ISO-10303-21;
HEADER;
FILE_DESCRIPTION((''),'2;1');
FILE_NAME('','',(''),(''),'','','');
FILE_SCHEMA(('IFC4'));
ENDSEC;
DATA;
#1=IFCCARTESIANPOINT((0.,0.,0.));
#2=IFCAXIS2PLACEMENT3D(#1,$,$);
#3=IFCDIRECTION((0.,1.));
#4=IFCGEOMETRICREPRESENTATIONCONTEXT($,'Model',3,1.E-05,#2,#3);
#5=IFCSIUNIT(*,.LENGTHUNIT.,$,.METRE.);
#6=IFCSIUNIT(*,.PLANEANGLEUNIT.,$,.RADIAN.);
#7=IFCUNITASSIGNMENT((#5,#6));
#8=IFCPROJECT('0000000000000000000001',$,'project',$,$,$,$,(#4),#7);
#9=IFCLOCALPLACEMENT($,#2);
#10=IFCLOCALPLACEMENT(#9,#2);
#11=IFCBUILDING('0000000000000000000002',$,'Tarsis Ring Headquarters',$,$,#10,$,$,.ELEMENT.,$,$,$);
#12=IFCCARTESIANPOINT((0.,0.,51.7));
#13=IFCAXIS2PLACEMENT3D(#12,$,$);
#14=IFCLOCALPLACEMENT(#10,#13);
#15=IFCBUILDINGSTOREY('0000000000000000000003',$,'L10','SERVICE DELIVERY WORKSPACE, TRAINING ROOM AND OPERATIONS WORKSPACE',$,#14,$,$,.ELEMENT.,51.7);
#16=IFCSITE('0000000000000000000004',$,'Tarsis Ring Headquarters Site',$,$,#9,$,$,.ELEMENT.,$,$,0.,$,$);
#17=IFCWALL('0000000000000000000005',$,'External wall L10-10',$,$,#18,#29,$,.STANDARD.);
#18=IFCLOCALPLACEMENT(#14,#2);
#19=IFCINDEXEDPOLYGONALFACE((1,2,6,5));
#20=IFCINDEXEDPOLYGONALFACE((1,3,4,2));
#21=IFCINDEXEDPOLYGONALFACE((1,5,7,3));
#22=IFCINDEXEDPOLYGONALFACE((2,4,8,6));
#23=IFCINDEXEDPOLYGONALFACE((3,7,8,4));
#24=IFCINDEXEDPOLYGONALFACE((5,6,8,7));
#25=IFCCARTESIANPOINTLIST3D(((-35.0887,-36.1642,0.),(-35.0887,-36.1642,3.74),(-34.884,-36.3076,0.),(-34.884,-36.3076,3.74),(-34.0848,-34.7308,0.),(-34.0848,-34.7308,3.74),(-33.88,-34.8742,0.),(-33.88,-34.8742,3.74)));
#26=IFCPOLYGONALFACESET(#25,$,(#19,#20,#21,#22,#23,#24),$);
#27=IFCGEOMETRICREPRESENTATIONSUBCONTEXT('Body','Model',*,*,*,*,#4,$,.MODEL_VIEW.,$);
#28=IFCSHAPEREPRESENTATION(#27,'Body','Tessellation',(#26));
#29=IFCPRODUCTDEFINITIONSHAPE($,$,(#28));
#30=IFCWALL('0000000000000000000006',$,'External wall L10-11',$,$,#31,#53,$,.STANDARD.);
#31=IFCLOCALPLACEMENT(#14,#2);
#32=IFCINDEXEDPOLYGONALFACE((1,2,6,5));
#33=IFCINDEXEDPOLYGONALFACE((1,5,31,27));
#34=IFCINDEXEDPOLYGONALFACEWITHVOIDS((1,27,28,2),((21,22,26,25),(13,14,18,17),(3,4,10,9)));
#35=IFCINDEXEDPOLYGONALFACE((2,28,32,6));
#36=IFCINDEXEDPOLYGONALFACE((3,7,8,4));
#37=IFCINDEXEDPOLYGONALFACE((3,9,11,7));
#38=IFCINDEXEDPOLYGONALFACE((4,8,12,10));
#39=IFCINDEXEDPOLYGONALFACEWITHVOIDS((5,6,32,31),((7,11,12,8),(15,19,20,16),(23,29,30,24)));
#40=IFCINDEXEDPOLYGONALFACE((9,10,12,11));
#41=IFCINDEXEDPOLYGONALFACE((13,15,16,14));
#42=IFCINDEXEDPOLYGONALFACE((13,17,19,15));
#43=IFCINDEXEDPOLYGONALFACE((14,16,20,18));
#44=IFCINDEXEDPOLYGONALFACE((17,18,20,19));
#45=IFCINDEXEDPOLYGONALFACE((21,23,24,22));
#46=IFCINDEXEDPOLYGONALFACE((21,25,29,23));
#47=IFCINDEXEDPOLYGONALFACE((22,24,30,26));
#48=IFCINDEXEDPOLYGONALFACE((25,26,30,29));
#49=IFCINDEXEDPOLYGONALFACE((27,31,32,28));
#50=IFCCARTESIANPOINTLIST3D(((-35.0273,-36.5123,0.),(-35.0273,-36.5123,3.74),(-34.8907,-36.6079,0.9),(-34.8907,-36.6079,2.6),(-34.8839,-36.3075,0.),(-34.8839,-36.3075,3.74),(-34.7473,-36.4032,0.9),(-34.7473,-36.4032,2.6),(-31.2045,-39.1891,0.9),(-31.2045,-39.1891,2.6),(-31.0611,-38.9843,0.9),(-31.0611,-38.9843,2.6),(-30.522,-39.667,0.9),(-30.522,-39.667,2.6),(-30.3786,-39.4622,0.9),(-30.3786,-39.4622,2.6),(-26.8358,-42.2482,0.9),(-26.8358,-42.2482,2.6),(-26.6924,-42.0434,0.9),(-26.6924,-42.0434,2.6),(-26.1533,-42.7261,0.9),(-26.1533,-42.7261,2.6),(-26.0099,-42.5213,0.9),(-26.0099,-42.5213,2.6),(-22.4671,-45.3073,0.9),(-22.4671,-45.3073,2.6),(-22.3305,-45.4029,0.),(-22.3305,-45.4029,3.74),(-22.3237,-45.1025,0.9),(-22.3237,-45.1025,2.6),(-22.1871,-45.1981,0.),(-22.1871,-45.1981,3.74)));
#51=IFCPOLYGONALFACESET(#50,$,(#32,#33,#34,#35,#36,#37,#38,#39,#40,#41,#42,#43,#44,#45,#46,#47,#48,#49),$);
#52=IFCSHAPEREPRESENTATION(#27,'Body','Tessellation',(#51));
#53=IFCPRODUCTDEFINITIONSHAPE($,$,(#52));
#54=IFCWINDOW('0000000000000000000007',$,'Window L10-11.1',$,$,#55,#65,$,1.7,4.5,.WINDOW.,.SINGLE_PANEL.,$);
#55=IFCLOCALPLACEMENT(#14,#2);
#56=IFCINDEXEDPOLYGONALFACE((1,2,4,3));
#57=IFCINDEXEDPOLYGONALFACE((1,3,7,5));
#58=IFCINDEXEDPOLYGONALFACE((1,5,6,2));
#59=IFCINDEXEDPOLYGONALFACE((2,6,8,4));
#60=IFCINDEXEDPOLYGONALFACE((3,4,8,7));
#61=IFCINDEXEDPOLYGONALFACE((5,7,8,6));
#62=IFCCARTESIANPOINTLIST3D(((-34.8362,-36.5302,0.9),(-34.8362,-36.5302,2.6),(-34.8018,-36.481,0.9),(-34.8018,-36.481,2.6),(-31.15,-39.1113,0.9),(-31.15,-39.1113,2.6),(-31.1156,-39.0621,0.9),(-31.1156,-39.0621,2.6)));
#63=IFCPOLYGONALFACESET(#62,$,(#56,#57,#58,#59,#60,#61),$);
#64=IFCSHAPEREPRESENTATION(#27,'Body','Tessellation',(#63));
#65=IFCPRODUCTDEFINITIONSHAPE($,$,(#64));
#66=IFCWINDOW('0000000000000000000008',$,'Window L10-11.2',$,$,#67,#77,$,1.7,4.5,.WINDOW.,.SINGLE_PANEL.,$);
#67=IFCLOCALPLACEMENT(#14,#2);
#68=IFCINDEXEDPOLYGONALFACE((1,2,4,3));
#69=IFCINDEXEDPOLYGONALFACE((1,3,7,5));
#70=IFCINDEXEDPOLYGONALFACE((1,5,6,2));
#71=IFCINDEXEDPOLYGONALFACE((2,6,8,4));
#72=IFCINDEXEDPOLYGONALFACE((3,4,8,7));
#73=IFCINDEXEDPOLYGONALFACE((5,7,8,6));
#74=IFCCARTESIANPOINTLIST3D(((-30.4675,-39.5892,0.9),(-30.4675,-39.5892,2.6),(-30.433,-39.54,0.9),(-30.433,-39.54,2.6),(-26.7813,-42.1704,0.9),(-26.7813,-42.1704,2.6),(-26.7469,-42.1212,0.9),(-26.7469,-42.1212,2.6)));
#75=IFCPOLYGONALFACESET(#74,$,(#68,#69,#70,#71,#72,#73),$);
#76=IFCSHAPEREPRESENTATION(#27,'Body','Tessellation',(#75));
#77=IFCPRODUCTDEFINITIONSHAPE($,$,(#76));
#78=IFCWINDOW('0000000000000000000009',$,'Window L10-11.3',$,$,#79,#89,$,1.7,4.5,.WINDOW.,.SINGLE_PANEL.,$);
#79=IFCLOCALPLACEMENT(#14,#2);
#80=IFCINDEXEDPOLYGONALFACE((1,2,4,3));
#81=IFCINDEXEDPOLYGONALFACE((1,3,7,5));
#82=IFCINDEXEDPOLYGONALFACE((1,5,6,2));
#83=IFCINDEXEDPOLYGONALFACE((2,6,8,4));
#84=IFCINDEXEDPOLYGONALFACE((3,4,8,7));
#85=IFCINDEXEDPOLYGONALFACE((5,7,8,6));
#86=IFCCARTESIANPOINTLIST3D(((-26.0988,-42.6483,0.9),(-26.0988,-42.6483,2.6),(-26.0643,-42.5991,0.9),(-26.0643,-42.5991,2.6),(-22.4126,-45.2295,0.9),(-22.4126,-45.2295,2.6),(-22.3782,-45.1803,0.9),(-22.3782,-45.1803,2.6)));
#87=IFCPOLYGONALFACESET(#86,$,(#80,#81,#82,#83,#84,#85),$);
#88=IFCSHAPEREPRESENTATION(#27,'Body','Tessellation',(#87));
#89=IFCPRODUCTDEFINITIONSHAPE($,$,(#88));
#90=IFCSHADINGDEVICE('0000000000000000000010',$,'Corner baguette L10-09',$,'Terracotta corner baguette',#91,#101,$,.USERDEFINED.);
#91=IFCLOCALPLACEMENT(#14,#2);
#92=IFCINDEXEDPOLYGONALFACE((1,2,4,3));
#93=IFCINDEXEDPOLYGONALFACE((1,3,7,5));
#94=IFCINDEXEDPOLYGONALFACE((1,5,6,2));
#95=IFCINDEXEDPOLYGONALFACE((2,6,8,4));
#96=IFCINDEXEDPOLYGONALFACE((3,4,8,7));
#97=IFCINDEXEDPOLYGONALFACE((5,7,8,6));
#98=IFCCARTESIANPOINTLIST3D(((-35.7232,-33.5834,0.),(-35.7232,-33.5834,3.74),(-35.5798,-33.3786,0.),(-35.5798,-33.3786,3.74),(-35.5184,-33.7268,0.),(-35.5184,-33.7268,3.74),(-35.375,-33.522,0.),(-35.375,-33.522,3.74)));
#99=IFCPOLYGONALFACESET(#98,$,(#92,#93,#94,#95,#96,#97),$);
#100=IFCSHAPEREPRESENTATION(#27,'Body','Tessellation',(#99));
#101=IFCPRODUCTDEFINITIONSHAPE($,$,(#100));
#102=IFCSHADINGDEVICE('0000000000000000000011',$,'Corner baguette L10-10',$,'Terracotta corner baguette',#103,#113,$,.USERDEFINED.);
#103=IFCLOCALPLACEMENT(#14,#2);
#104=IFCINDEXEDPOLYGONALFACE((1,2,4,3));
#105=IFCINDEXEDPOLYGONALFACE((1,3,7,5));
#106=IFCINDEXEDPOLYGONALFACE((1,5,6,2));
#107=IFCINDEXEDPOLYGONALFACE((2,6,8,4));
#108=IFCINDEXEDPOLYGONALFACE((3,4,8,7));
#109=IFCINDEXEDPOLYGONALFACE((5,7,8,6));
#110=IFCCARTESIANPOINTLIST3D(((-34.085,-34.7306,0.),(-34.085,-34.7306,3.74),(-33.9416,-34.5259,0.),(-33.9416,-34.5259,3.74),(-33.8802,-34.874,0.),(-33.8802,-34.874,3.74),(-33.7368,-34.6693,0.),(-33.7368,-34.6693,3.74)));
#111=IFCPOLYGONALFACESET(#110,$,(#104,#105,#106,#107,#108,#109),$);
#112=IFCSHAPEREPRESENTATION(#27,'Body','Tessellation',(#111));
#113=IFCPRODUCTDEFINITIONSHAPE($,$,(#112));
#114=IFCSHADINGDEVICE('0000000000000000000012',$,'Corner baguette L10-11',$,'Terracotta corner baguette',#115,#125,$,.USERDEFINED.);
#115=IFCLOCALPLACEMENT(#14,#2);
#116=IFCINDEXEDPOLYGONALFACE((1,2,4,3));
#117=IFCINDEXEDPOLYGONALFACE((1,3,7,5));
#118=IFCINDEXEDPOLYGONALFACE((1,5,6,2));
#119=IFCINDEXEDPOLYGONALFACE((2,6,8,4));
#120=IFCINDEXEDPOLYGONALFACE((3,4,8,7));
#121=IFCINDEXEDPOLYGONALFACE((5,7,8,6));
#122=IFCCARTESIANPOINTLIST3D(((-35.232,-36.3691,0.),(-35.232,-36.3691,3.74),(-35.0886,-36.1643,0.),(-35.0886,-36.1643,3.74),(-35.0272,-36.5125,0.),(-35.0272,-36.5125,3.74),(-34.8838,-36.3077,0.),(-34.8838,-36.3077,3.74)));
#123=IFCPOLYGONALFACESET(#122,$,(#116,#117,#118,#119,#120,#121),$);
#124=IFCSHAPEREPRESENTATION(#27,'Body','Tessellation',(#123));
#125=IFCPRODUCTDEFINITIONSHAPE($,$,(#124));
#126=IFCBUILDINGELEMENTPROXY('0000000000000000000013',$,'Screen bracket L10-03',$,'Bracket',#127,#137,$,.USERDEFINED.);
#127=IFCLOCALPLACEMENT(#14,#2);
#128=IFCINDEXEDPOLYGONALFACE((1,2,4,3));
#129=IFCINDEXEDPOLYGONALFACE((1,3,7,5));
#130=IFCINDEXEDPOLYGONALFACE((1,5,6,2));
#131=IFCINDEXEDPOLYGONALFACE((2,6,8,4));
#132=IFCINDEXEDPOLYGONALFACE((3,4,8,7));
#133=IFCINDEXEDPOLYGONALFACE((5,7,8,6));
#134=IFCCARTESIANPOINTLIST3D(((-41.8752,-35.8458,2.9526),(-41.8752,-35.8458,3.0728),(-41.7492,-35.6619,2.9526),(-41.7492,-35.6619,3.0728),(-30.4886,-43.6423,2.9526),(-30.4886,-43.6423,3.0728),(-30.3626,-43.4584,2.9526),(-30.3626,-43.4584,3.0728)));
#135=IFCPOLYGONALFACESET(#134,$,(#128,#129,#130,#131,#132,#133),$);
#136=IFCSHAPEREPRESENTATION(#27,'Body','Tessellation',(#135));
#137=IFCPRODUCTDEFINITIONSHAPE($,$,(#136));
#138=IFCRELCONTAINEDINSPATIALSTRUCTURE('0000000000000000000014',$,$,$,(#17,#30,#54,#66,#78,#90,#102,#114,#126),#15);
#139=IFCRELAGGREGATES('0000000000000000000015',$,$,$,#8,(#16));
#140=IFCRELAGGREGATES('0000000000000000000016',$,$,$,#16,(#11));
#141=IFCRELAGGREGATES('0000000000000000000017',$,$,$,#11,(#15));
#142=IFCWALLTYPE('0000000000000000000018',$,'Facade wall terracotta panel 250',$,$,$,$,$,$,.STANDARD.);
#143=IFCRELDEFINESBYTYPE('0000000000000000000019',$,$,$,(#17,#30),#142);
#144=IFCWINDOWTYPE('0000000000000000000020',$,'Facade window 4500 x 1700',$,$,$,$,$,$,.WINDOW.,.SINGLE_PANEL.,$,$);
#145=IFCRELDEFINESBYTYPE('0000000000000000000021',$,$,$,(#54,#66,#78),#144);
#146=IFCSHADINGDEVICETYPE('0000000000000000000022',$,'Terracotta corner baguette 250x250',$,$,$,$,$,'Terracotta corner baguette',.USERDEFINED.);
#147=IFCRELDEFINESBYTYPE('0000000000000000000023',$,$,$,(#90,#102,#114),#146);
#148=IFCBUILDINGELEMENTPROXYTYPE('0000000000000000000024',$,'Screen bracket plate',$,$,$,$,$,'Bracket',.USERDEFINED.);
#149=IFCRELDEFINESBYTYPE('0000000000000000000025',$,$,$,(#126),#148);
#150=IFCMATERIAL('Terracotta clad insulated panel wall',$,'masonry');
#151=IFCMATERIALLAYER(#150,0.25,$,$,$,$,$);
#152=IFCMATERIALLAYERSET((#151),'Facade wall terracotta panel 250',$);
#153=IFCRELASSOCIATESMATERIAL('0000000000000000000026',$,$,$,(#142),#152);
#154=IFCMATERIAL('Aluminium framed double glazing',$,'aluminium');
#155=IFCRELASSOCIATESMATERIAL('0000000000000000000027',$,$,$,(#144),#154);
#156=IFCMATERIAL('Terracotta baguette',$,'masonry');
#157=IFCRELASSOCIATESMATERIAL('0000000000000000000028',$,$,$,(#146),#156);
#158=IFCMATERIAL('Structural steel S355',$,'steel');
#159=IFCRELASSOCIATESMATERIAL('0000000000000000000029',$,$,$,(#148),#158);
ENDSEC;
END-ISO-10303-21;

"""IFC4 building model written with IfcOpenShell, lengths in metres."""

from ifc_helpers import new_model, si_unit, direction, frame, frame_2d, origin, origin_2d, place, context, subcontext, project, spatial, rectangle, extrude, material, layer, layer_set, type_object, element, fill, save


model = new_model("IFC4")

# Units and contexts
model_context = context("Model", 3, precision=1e-05, world=origin(), true_north=direction((0.0, 1.0)))
body_context = subcontext(model_context, "Body", "Model", "MODEL_VIEW")
ifc_project = project(units=[si_unit("LENGTHUNIT", "METRE"), si_unit("PLANEANGLEUNIT", "RADIAN")], contexts=[model_context])

# Site, building, storey
site_placement = place(None, origin())
site = spatial("IfcSite", under=ifc_project, at=site_placement, Name="Tarsis Ring Headquarters Site", CompositionType="ELEMENT", RefElevation=0.0)
building_placement = place(site_placement, origin())
building = spatial("IfcBuilding", under=site, at=building_placement, Name="Tarsis Ring Headquarters", CompositionType="ELEMENT")
storey_placement = place(building_placement, frame((0.0, 0.0, 51.7)))
storey = spatial("IfcBuildingStorey", under=building, at=storey_placement, Name="L10", Description="SERVICE DELIVERY WORKSPACE, TRAINING ROOM AND OPERATIONS WORKSPACE", CompositionType="ELEMENT", Elevation=51.7)

# Shared definitions
ifc_material_1 = material(Name="Structural steel S355", Category="steel")

# Wall
ifc_material_2 = material(Name="Terracotta clad insulated panel wall", Category="masonry")
ifc_layer_1 = layer(ifc_material_2, 0.25)
ifc_layer_set_1 = layer_set([ifc_layer_1], Name="Facade wall terracotta panel 250")
wall_type_1 = type_object("IfcWallType", Name="Facade wall terracotta panel 250", PredefinedType="STANDARD", material=ifc_layer_set_1)
for number, where, z_axis, x_axis, name in (
    (1, (-33.9824, -34.8025, 0.0), (0.0, 0.0, 1.0), (-0.573678, -0.819081, 0.0), "External wall L10-10"),
):
    element("IfcWall", number, at=place(storey_placement, frame(where, z_axis=z_axis, x_axis=x_axis)), inside=storey, type_object=wall_type_1, Name=name, PredefinedType="STANDARD", context=body_context, shape_type="SweptSolid", body=[
        extrude(rectangle(XDim=1.75, YDim=0.25, at=frame_2d((0.875, 0.0))), origin(), (0.0, 0.0, 1.0), 3.74),
    ])

# Wall, openings, windows
wall_1_placement = place(storey_placement, frame((-34.9556, -36.4099, 0.0), z_axis=(0.0, 0.0, 1.0), x_axis=(0.819145, -0.573587, 0.0)))
wall_1 = element("IfcWall", 2, at=wall_1_placement, inside=storey, type_object=wall_type_1, Name="External wall L10-11", PredefinedType="STANDARD", context=body_context, shape_type="SweptSolid", body=[
    extrude(rectangle(XDim=15.5, YDim=0.25, at=frame_2d((7.75, 0.0))), origin(), (0.0, 0.0, 1.0), 3.74),
])
opening_1_placement = place(wall_1_placement, frame((0.1667, 0.0, 0.8999)))
opening_1 = element("IfcOpeningElement", 3, at=opening_1_placement, cuts=wall_1, PredefinedType="OPENING", context=body_context, shape_type="SweptSolid", body=[
    extrude(rectangle(XDim=4.5, YDim=1.7, at=frame_2d((2.25, 0.8501))), frame((0.0, 0.135, 0.0), z_axis=(0.0, -1.0, 0.0), x_axis=(1.0, 0.0, 0.0)), (0.0, 0.0, 1.0), 0.27),
])
opening_2_placement = place(wall_1_placement, frame((5.5, 0.0, 0.8999)))
opening_2 = element("IfcOpeningElement", 4, at=opening_2_placement, cuts=wall_1, PredefinedType="OPENING", context=body_context, shape_type="SweptSolid", body=[
    extrude(rectangle(XDim=4.5, YDim=1.7, at=frame_2d((2.25, 0.8501))), frame((0.0, 0.135, 0.0), z_axis=(0.0, -1.0, 0.0), x_axis=(1.0, 0.0, 0.0)), (0.0, 0.0, 1.0), 0.27),
])
opening_3_placement = place(wall_1_placement, frame((10.8333, 0.0, 0.8999)))
opening_3 = element("IfcOpeningElement", 5, at=opening_3_placement, cuts=wall_1, PredefinedType="OPENING", context=body_context, shape_type="SweptSolid", body=[
    extrude(rectangle(XDim=4.5, YDim=1.7, at=frame_2d((2.25, 0.8501))), frame((0.0, 0.135, 0.0), z_axis=(0.0, -1.0, 0.0), x_axis=(1.0, 0.0, 0.0)), (0.0, 0.0, 1.0), 0.27),
])
ifc_material_3 = material(Name="Aluminium framed double glazing", Category="aluminium")
window_type = type_object("IfcWindowType", Name="Facade window 4500 x 1700", PartitioningType="SINGLE_PANEL", PredefinedType="WINDOW", material=ifc_material_3)
window_1_placement = place(opening_1_placement, origin())
window_1 = element("IfcWindow", 6, at=window_1_placement, inside=storey, type_object=window_type, Name="Window L10-11.1", OverallHeight=1.7, OverallWidth=4.5, PartitioningType="SINGLE_PANEL", PredefinedType="WINDOW", context=body_context, shape_type="SweptSolid", body=[
    extrude(rectangle(XDim=4.5, YDim=1.7, at=frame_2d((2.25, 0.8501))), frame((0.0, 0.03, 0.0), z_axis=(0.0, -1.0, 0.0), x_axis=(1.0, 0.0, 0.0)), (0.0, 0.0, 1.0), 0.0601),
])
fill(opening_1, window_1)
window_2_placement = place(opening_2_placement, origin())
window_2 = element("IfcWindow", 7, at=window_2_placement, inside=storey, type_object=window_type, Name="Window L10-11.2", OverallHeight=1.7, OverallWidth=4.5, PartitioningType="SINGLE_PANEL", PredefinedType="WINDOW", context=body_context, shape_type="SweptSolid", body=[
    extrude(rectangle(XDim=4.5, YDim=1.7, at=frame_2d((2.25, 0.8501))), frame((0.0, 0.03, 0.0), z_axis=(0.0, -1.0, 0.0), x_axis=(1.0, 0.0, 0.0)), (0.0, 0.0, 1.0), 0.0601),
])
fill(opening_2, window_2)
window_3_placement = place(opening_3_placement, origin())
window_3 = element("IfcWindow", 8, at=window_3_placement, inside=storey, type_object=window_type, Name="Window L10-11.3", OverallHeight=1.7, OverallWidth=4.5, PartitioningType="SINGLE_PANEL", PredefinedType="WINDOW", context=body_context, shape_type="SweptSolid", body=[
    extrude(rectangle(XDim=4.5, YDim=1.7, at=frame_2d((2.25, 0.8501))), frame((0.0, 0.03, 0.0), z_axis=(0.0, -1.0, 0.0), x_axis=(1.0, 0.0, 0.0)), (0.0, 0.0, 1.0), 0.0601),
])
fill(opening_3, window_3)

# Shading devices
ifc_material_4 = material(Name="Terracotta baguette", Category="masonry")
shading_device_type_1 = type_object("IfcShadingDeviceType", Name="Terracotta corner baguette 250x250", ElementType="Terracotta corner baguette", PredefinedType="USERDEFINED", material=ifc_material_4)
for number, where, z_axis, x_axis, name in (
    (9, (-35.5491, -33.5527, 0.0), (0.0, 0.0, 1.0), (-0.573577, -0.819152, 0.0), "Corner baguette L10-09"),
    (10, (-33.9109, -34.7, 0.0), (0.0, 0.0, 1.0), (0.819152, -0.573576, 0.0), "Corner baguette L10-10"),
    (11, (-35.0579, -36.3384, 0.0), (0.0, 0.0, 1.0), (-0.573576, -0.819152, 0.0), "Corner baguette L10-11"),
):
    element("IfcShadingDevice", number, at=place(storey_placement, frame(where, z_axis=z_axis, x_axis=x_axis)), inside=storey, type_object=shading_device_type_1, Name=name, ObjectType="Terracotta corner baguette", PredefinedType="USERDEFINED", context=body_context, shape_type="SweptSolid", body=[
        extrude(rectangle(XDim=0.25, YDim=0.25, at=origin_2d()), origin(), (0.0, 0.0, 1.0), 3.74),
    ])

# Building element proxy
building_element_proxy_type = type_object("IfcBuildingElementProxyType", Name="Screen bracket plate", ElementType="Bracket", PredefinedType="USERDEFINED", material=ifc_material_1)
proxy_placement = place(storey_placement, frame((-36.1189, -39.6521, 2.9526), z_axis=(0.0, 0.0, 1.0), x_axis=(0.825113, -0.564967, 0.0)))
element("IfcBuildingElementProxy", 12, at=proxy_placement, inside=storey, type_object=building_element_proxy_type, Name="Screen bracket L10-03", ObjectType="Bracket", PredefinedType="USERDEFINED", context=body_context, shape_type="SweptSolid", body=[
    extrude(rectangle(XDim=13.8, YDim=0.2229, at=origin_2d()), origin(), (0.0, 0.0, 1.0), 0.1201),
])

save(model, "model.ifc")
